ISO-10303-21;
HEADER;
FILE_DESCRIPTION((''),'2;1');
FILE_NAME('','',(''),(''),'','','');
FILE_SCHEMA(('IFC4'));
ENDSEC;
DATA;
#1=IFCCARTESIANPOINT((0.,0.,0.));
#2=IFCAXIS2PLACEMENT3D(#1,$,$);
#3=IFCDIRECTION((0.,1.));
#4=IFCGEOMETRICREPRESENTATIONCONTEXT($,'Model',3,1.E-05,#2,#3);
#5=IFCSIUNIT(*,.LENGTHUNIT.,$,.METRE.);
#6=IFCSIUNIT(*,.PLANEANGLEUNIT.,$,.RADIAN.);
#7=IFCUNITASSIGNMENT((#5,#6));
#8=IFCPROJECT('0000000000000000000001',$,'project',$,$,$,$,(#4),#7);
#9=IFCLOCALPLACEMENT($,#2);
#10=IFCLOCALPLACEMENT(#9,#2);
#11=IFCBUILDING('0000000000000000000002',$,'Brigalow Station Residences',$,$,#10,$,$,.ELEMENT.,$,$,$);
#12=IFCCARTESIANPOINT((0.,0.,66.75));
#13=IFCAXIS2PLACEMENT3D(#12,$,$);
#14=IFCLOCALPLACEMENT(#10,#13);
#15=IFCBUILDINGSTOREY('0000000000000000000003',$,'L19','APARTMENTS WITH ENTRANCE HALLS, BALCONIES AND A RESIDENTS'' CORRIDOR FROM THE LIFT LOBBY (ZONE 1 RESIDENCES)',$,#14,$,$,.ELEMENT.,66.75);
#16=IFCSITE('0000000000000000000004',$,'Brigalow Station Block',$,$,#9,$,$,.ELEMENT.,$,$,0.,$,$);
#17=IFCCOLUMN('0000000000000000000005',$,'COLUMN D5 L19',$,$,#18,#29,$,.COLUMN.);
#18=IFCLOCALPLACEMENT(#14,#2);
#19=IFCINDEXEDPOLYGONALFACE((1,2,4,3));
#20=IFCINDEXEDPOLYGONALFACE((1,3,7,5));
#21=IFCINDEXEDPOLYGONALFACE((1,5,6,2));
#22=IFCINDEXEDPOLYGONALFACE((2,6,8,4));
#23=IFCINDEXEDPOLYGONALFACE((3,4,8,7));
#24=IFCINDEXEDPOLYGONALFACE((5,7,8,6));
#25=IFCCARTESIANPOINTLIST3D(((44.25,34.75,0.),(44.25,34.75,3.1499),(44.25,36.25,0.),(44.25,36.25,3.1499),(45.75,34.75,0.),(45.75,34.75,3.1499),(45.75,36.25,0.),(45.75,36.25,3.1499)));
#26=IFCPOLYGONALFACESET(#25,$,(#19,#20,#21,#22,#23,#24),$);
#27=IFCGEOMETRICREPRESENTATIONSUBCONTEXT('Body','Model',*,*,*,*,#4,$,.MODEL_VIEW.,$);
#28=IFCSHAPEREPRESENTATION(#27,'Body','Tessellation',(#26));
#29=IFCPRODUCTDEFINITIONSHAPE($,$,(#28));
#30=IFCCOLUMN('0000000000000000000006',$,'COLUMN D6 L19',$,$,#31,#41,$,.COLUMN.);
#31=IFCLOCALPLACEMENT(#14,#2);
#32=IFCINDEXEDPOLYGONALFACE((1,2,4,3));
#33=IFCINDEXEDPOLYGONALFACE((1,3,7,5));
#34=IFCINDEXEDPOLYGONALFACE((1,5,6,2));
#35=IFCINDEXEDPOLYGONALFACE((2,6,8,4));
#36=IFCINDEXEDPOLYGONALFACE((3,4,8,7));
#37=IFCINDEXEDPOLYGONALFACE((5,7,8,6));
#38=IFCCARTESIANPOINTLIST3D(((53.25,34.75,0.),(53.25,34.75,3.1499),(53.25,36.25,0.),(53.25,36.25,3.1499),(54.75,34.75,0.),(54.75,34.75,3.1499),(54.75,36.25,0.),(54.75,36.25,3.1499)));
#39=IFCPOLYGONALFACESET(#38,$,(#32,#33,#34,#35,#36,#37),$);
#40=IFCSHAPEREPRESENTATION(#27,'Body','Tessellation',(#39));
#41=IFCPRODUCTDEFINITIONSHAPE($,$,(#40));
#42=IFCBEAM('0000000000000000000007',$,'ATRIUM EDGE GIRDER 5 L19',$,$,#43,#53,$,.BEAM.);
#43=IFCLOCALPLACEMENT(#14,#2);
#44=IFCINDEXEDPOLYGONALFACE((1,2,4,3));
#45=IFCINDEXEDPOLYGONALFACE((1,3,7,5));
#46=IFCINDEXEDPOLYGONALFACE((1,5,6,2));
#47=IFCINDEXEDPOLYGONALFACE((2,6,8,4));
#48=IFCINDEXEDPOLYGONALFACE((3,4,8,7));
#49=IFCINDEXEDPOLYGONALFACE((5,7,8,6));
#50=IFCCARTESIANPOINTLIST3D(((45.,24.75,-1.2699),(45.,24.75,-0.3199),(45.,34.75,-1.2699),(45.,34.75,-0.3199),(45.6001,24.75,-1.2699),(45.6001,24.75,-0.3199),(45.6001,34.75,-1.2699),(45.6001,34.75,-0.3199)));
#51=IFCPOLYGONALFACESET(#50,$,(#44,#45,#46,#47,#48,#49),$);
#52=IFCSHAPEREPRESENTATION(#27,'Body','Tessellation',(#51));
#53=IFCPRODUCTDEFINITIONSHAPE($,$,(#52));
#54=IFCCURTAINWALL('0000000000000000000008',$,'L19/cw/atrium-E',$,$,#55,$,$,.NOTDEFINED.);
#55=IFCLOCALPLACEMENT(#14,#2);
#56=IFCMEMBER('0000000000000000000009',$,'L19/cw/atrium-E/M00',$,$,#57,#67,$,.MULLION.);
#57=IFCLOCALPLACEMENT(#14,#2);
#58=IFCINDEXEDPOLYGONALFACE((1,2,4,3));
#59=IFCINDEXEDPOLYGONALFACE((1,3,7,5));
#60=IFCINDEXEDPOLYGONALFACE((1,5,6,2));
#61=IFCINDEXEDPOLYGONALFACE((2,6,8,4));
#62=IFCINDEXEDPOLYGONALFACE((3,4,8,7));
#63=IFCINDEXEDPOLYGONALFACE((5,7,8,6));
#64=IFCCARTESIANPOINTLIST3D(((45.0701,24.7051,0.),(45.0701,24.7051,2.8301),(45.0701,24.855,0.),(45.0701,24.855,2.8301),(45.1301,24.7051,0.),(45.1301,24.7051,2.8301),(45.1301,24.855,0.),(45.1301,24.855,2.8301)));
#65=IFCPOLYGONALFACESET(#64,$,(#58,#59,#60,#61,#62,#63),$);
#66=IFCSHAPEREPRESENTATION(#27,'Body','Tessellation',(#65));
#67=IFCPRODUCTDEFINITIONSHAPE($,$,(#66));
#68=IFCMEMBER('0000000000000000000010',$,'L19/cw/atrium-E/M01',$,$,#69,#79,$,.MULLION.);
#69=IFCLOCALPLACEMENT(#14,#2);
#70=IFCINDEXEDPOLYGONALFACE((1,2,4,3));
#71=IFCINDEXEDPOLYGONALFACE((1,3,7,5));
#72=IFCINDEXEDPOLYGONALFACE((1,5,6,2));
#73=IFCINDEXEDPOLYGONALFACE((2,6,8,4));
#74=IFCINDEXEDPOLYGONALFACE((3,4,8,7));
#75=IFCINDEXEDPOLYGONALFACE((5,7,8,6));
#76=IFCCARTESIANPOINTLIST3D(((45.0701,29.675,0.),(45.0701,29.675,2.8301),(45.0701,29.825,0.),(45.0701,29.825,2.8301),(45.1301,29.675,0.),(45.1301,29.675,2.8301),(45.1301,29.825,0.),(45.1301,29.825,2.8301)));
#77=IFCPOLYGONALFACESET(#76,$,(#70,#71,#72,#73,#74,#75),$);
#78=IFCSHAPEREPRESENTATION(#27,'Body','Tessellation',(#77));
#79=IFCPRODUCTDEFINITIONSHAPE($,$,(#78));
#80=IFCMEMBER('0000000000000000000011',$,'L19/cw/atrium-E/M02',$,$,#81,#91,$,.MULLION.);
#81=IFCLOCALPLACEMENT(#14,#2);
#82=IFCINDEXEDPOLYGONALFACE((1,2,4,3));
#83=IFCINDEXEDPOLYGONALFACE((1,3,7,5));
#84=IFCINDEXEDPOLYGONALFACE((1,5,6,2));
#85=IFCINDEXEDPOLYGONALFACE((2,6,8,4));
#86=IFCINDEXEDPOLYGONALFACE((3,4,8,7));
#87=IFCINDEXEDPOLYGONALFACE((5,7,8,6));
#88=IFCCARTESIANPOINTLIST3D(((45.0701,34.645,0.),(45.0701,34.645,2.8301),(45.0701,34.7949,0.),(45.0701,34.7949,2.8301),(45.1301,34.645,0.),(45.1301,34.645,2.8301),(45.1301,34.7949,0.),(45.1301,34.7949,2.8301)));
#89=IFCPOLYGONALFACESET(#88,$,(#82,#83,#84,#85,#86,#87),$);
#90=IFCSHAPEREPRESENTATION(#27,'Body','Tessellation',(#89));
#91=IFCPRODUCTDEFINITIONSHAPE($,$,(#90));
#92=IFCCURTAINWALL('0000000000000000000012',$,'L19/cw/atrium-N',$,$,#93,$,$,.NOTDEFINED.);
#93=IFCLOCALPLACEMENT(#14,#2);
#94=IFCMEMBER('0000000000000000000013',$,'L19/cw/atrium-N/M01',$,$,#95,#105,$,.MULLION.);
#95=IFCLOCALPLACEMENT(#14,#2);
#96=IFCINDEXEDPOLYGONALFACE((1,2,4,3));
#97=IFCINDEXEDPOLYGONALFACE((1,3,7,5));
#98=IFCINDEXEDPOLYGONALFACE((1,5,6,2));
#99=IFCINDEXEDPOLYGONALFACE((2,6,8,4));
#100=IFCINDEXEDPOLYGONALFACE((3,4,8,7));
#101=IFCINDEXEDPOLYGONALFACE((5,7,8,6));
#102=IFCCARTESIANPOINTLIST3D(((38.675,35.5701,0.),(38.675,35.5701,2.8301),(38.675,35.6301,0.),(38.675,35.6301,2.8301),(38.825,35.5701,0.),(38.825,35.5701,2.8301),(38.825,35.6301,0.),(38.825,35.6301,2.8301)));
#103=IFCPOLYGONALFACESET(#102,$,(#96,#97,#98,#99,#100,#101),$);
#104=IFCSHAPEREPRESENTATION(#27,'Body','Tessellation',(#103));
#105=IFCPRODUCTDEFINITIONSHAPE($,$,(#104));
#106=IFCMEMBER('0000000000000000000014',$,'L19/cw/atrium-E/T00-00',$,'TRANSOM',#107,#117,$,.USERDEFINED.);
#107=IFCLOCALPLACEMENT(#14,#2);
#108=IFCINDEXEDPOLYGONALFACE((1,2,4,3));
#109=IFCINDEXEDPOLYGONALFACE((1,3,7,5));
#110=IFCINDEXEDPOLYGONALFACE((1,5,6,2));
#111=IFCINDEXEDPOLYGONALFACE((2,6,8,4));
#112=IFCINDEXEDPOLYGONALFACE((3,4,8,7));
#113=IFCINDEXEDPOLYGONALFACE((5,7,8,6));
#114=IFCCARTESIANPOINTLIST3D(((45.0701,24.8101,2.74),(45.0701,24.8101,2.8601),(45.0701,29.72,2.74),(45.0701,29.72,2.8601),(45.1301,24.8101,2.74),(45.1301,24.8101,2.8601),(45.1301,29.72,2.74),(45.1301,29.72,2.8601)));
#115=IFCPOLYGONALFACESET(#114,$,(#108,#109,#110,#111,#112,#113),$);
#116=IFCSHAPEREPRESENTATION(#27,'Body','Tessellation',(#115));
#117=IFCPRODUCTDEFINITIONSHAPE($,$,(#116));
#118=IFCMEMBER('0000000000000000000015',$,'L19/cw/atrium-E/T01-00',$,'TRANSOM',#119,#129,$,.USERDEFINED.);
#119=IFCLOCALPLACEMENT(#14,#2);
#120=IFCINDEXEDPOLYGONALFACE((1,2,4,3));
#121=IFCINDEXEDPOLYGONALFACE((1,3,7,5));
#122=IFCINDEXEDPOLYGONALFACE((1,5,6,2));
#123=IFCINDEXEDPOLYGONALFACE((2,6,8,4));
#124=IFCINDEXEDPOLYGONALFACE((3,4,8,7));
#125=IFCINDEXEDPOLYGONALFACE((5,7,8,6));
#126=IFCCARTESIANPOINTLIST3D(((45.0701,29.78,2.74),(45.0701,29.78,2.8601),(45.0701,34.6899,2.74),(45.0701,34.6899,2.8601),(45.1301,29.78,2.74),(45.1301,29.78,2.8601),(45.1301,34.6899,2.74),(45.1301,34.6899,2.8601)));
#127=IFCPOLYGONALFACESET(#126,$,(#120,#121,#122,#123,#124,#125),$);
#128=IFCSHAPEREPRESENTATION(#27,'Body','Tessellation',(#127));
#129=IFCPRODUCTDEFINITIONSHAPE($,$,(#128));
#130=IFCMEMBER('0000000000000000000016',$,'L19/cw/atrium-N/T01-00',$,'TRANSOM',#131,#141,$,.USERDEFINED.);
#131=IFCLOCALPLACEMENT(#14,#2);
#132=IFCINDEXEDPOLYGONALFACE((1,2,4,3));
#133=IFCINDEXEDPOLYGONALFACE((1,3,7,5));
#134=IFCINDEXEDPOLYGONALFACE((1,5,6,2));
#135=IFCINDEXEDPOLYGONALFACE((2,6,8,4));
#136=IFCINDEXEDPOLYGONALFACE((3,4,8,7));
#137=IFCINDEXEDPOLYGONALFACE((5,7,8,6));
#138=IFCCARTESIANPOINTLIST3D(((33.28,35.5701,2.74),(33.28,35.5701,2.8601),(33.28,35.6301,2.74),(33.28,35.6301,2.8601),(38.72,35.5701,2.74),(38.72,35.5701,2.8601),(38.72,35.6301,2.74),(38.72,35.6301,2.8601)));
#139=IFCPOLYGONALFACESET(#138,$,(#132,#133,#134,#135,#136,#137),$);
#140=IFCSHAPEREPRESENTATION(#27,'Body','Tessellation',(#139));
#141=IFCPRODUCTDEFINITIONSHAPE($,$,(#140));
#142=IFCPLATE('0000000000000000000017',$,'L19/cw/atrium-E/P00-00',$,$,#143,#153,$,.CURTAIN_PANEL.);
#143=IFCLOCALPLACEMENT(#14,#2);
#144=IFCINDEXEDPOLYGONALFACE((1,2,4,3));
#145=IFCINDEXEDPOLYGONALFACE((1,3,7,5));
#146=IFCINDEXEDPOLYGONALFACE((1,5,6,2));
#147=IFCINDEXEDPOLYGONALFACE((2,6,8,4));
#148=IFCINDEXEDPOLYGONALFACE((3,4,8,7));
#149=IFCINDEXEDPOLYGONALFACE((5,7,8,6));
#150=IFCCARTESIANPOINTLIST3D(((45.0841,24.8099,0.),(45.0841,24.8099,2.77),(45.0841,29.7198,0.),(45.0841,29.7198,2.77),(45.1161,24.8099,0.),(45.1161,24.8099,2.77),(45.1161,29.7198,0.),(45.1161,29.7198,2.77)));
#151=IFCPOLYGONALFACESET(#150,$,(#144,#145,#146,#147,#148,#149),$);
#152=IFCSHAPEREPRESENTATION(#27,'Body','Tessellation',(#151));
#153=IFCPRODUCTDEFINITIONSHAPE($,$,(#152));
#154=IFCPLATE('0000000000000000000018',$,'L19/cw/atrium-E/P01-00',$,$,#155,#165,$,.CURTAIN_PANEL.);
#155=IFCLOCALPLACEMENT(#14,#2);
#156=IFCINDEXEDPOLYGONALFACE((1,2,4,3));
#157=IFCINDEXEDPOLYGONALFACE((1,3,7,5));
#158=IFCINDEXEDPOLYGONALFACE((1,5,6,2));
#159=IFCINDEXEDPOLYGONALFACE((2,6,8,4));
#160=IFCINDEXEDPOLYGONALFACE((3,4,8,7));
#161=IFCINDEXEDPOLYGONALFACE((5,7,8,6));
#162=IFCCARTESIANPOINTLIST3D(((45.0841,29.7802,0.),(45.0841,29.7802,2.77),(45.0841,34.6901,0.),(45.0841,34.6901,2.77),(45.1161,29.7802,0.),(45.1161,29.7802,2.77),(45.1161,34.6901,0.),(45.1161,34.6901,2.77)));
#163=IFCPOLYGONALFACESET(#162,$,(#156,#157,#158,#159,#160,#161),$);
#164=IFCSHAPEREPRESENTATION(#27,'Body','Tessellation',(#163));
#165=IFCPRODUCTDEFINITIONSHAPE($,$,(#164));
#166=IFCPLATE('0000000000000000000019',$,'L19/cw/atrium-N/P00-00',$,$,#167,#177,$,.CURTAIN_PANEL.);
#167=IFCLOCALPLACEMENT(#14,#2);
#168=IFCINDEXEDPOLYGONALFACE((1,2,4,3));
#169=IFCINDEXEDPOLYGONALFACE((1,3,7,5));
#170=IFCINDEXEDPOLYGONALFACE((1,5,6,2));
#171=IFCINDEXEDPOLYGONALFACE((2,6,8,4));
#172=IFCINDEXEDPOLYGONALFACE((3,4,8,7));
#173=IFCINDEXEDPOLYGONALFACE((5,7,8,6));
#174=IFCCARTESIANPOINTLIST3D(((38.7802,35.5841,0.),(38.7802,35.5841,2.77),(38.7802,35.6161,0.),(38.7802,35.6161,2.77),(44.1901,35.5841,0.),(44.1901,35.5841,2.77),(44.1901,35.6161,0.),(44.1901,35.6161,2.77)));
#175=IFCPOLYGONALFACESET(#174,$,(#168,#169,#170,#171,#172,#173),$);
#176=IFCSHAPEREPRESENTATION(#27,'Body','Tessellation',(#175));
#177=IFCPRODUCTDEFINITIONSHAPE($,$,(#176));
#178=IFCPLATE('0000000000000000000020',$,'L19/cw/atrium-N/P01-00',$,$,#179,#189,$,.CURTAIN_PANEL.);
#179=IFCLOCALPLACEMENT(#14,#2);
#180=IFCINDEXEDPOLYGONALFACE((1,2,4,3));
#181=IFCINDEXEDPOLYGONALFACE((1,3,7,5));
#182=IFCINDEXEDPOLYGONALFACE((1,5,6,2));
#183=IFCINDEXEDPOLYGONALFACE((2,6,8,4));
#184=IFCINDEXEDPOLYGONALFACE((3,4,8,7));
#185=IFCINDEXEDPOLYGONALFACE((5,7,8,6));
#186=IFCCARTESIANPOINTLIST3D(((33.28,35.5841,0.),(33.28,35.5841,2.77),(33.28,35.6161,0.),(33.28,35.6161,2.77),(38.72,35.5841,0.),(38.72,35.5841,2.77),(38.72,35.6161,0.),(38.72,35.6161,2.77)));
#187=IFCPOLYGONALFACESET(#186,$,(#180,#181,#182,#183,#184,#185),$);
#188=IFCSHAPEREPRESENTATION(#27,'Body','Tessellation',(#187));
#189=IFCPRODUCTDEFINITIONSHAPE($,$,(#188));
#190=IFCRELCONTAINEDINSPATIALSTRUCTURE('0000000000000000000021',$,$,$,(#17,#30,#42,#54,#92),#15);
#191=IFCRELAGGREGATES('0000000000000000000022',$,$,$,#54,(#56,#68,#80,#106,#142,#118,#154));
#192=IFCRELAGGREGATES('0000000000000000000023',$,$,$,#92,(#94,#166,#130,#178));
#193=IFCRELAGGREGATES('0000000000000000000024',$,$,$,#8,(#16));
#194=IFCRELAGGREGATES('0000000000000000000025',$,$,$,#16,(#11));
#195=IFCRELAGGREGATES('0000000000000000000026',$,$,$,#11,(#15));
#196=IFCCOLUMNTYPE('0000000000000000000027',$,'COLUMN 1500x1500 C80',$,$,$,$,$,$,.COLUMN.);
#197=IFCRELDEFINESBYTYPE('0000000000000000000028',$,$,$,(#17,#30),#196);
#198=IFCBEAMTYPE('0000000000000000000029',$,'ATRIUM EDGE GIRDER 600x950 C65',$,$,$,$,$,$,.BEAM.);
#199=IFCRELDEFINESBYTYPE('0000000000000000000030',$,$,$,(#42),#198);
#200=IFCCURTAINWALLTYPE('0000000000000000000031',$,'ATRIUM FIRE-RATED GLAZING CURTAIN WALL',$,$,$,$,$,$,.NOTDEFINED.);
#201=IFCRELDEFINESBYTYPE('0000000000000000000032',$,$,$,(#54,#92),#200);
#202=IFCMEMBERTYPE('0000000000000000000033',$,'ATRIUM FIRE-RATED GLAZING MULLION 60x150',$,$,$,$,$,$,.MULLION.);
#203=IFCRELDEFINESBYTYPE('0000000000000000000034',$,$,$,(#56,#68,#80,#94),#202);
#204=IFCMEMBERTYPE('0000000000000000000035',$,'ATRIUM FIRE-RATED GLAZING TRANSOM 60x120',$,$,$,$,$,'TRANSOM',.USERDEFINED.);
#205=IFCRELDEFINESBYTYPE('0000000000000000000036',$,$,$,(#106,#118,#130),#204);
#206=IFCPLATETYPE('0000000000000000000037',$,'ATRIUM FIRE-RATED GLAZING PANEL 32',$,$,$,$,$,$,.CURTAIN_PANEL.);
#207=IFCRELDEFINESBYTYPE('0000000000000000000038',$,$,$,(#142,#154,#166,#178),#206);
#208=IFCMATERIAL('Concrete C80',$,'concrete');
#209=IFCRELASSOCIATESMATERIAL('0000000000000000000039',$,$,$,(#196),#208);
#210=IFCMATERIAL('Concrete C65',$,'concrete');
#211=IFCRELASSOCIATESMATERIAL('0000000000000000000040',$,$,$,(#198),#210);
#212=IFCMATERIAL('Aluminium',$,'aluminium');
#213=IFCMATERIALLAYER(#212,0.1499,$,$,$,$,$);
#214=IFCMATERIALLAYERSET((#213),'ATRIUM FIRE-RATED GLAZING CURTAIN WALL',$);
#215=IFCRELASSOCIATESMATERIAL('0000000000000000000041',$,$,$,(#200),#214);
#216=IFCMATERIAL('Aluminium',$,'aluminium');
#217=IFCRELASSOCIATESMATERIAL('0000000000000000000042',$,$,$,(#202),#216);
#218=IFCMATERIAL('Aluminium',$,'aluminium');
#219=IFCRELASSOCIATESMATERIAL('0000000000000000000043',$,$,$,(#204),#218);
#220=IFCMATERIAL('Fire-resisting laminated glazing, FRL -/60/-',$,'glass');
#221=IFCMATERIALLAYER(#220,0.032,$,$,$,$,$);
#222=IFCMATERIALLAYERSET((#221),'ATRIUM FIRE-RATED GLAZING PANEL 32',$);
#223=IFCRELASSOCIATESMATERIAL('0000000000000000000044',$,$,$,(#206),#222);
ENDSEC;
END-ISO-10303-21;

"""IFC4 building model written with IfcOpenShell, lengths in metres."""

from ifc_helpers import new_model, si_unit, direction, frame, origin, origin_2d, place, context, subcontext, project, spatial, rectangle, extrude, material, layer, layer_set, material_profile, profile_set, type_object, element, aggregate, save


model = new_model("IFC4")

# Units and contexts
model_context = context("Model", 3, precision=1e-05, world=origin(), true_north=direction((0.0, 1.0)))
body_context = subcontext(model_context, "Body", "Model", "MODEL_VIEW")
ifc_project = project(units=[si_unit("LENGTHUNIT", "METRE"), si_unit("PLANEANGLEUNIT", "RADIAN")], contexts=[model_context])

# Site, building, storey
site_placement = place(None, origin())
site = spatial("IfcSite", under=ifc_project, at=site_placement, Name="Brigalow Station Block", CompositionType="ELEMENT", RefElevation=0.0)
building_placement = place(site_placement, origin())
building = spatial("IfcBuilding", under=site, at=building_placement, Name="Brigalow Station Residences", CompositionType="ELEMENT")
storey_placement = place(building_placement, frame((0.0, 0.0, 66.75)))
storey = spatial("IfcBuildingStorey", under=building, at=storey_placement, Name="L19", Description="APARTMENTS WITH ENTRANCE HALLS, BALCONIES AND A RESIDENTS' CORRIDOR FROM THE LIFT LOBBY (ZONE 1 RESIDENCES)", CompositionType="ELEMENT", Elevation=66.75)

# Columns
ifc_material_1 = material(Name="Concrete C80", Category="concrete")
ifc_material_profile_1 = material_profile(ifc_material_1, rectangle(XDim=1.5, YDim=1.5, at=origin_2d()), Name="RC1500x1500")
ifc_profile_set_1 = profile_set([ifc_material_profile_1], Name="Concrete C80")
column_type = type_object("IfcColumnType", Name="COLUMN 1500x1500 C80", PredefinedType="COLUMN", material=ifc_profile_set_1)
for number, where, z_axis, x_axis, name in (
    (1, (45.0, 35.5, 0.0), (0.0, 0.0, 1.0), (1.0, 0.0, 0.0), "COLUMN D5 L19"),
    (2, (54.0, 35.5, 0.0), (0.0, 0.0, 1.0), (1.0, 0.0, 0.0), "COLUMN D6 L19"),
):
    element("IfcColumn", number, at=place(storey_placement, frame(where, z_axis=z_axis, x_axis=x_axis)), inside=storey, type_object=column_type, Name=name, PredefinedType="COLUMN", context=body_context, shape_type="SweptSolid", body=[
        extrude(rectangle(XDim=1.5, YDim=1.5, at=origin_2d()), origin(), (0.0, 0.0, 1.0), 3.1499),
    ])

# Beam
ifc_material_2 = material(Name="Concrete C65", Category="concrete")
ifc_material_profile_2 = material_profile(ifc_material_2, rectangle(XDim=0.6001, YDim=0.95, at=origin_2d()), Name="RC600x950")
ifc_profile_set_2 = profile_set([ifc_material_profile_2], Name="Concrete C65")
beam_type = type_object("IfcBeamType", Name="ATRIUM EDGE GIRDER 600x950 C65", PredefinedType="BEAM", material=ifc_profile_set_2)
beam_placement = place(storey_placement, frame((45.3, 24.75, -0.7949), z_axis=(0.0, 1.0, 0.0), x_axis=(-1.0, 0.0, 0.0)))
element("IfcBeam", 3, at=beam_placement, inside=storey, type_object=beam_type, Name="ATRIUM EDGE GIRDER 5 L19", PredefinedType="BEAM", context=body_context, shape_type="SweptSolid", body=[
    extrude(rectangle(XDim=0.6001, YDim=0.95, at=origin_2d()), origin(), (0.0, 0.0, 1.0), 10.0),
])

# Curtain wall, members
ifc_material_3 = material(Name="Aluminium", Category="aluminium")
ifc_layer_1 = layer(ifc_material_3, 0.1499)
ifc_layer_set_1 = layer_set([ifc_layer_1], Name="ATRIUM FIRE-RATED GLAZING CURTAIN WALL")
curtain_wall_type = type_object("IfcCurtainWallType", Name="ATRIUM FIRE-RATED GLAZING CURTAIN WALL", PredefinedType="NOTDEFINED", material=ifc_layer_set_1)
curtain_wall_1_placement = place(storey_placement, origin())
curtain_wall_1 = element("IfcCurtainWall", 4, at=curtain_wall_1_placement, inside=storey, type_object=curtain_wall_type, Name="L19/cw/atrium-E", PredefinedType="NOTDEFINED")
ifc_material_4 = material(Name="Aluminium", Category="aluminium")
ifc_material_profile_3 = material_profile(ifc_material_4, rectangle(XDim=0.0601, YDim=0.1499, at=origin_2d()), Name="ATRIUM FIRE-RATED GLAZING MULLION 60x150")
ifc_profile_set_3 = profile_set([ifc_material_profile_3], Name="Aluminium")
member_type_1 = type_object("IfcMemberType", Name="ATRIUM FIRE-RATED GLAZING MULLION 60x150", PredefinedType="MULLION", material=ifc_profile_set_3)
member_1_placement = place(storey_placement, frame((45.1001, 24.78, 0.0), z_axis=(0.0, 0.0, 1.0), x_axis=(-1.0, 0.0, 0.0)))
member_1 = element("IfcMember", 5, at=member_1_placement, type_object=member_type_1, Name="L19/cw/atrium-E/M00", PredefinedType="MULLION", context=body_context, shape_type="SweptSolid", body=[
    extrude(rectangle(XDim=0.0601, YDim=0.1499, at=origin_2d()), origin(), (0.0, 0.0, 1.0), 2.8301),
])
member_2_placement = place(storey_placement, frame((45.1001, 29.75, 0.0), z_axis=(0.0, 0.0, 1.0), x_axis=(-1.0, 0.0, 0.0)))
member_2 = element("IfcMember", 6, at=member_2_placement, type_object=member_type_1, Name="L19/cw/atrium-E/M01", PredefinedType="MULLION", context=body_context, shape_type="SweptSolid", body=[
    extrude(rectangle(XDim=0.0601, YDim=0.1499, at=origin_2d()), origin(), (0.0, 0.0, 1.0), 2.8301),
])
member_3_placement = place(storey_placement, frame((45.1001, 34.72, 0.0), z_axis=(0.0, 0.0, 1.0), x_axis=(-1.0, 0.0, 0.0)))
member_3 = element("IfcMember", 7, at=member_3_placement, type_object=member_type_1, Name="L19/cw/atrium-E/M02", PredefinedType="MULLION", context=body_context, shape_type="SweptSolid", body=[
    extrude(rectangle(XDim=0.0601, YDim=0.1499, at=origin_2d()), origin(), (0.0, 0.0, 1.0), 2.8301),
])

# Curtain wall, member
curtain_wall_2_placement = place(storey_placement, origin())
curtain_wall_2 = element("IfcCurtainWall", 8, at=curtain_wall_2_placement, inside=storey, type_object=curtain_wall_type, Name="L19/cw/atrium-N", PredefinedType="NOTDEFINED")
member_4_placement = place(storey_placement, frame((38.75, 35.6001, 0.0), z_axis=(0.0, 0.0, 1.0), x_axis=(0.0, -1.0, 0.0)))
member_4 = element("IfcMember", 9, at=member_4_placement, type_object=member_type_1, Name="L19/cw/atrium-N/M01", PredefinedType="MULLION", context=body_context, shape_type="SweptSolid", body=[
    extrude(rectangle(XDim=0.0601, YDim=0.1499, at=origin_2d()), origin(), (0.0, 0.0, 1.0), 2.8301),
])

# Members
ifc_material_5 = material(Name="Aluminium", Category="aluminium")
ifc_material_profile_4 = material_profile(ifc_material_5, rectangle(XDim=0.0601, YDim=0.1201, at=origin_2d()), Name="ATRIUM FIRE-RATED GLAZING TRANSOM 60x120")
ifc_profile_set_4 = profile_set([ifc_material_profile_4], Name="Aluminium")
member_type_2 = type_object("IfcMemberType", Name="ATRIUM FIRE-RATED GLAZING TRANSOM 60x120", ElementType="TRANSOM", PredefinedType="USERDEFINED", material=ifc_profile_set_4)
member_5_placement = place(storey_placement, frame((45.1001, 24.8101, 2.8), z_axis=(0.0, 1.0, 0.0), x_axis=(-1.0, 0.0, 0.0)))
member_5 = element("IfcMember", 10, at=member_5_placement, type_object=member_type_2, Name="L19/cw/atrium-E/T00-00", ObjectType="TRANSOM", PredefinedType="USERDEFINED", context=body_context, shape_type="SweptSolid", body=[
    extrude(rectangle(XDim=0.0601, YDim=0.1201, at=origin_2d()), origin(), (0.0, 0.0, 1.0), 4.9099),
])
member_6_placement = place(storey_placement, frame((45.1001, 29.78, 2.8), z_axis=(0.0, 1.0, 0.0), x_axis=(-1.0, 0.0, 0.0)))
member_6 = element("IfcMember", 11, at=member_6_placement, type_object=member_type_2, Name="L19/cw/atrium-E/T01-00", ObjectType="TRANSOM", PredefinedType="USERDEFINED", context=body_context, shape_type="SweptSolid", body=[
    extrude(rectangle(XDim=0.0601, YDim=0.1201, at=origin_2d()), origin(), (0.0, 0.0, 1.0), 4.9099),
])
member_7_placement = place(storey_placement, frame((38.72, 35.6001, 2.8), z_axis=(-1.0, 0.0, 0.0), x_axis=(0.0, -1.0, 0.0)))
member_7 = element("IfcMember", 12, at=member_7_placement, type_object=member_type_2, Name="L19/cw/atrium-N/T01-00", ObjectType="TRANSOM", PredefinedType="USERDEFINED", context=body_context, shape_type="SweptSolid", body=[
    extrude(rectangle(XDim=0.0601, YDim=0.1201, at=origin_2d()), origin(), (0.0, 0.0, 1.0), 5.4399),
])

# Plates
ifc_material_6 = material(Name="Fire-resisting laminated glazing, FRL -/60/-", Category="glass")
ifc_layer_2 = layer(ifc_material_6, 0.032)
ifc_layer_set_2 = layer_set([ifc_layer_2], Name="ATRIUM FIRE-RATED GLAZING PANEL 32")
plate_type = type_object("IfcPlateType", Name="ATRIUM FIRE-RATED GLAZING PANEL 32", PredefinedType="CURTAIN_PANEL", material=ifc_layer_set_2)
plate_1_placement = place(storey_placement, frame((45.1001, 27.2649, 0.0), z_axis=(0.0, 0.0, 1.0), x_axis=(0.0, 1.0, 0.0)))
plate_1 = element("IfcPlate", 13, at=plate_1_placement, type_object=plate_type, Name="L19/cw/atrium-E/P00-00", PredefinedType="CURTAIN_PANEL", context=body_context, shape_type="SweptSolid", body=[
    extrude(rectangle(XDim=4.9099, YDim=0.032, at=origin_2d()), origin(), (0.0, 0.0, 1.0), 2.77),
])
plate_2_placement = place(storey_placement, frame((45.1001, 32.2351, 0.0), z_axis=(0.0, 0.0, 1.0), x_axis=(0.0, 1.0, 0.0)))
plate_2 = element("IfcPlate", 14, at=plate_2_placement, type_object=plate_type, Name="L19/cw/atrium-E/P01-00", PredefinedType="CURTAIN_PANEL", context=body_context, shape_type="SweptSolid", body=[
    extrude(rectangle(XDim=4.9099, YDim=0.032, at=origin_2d()), origin(), (0.0, 0.0, 1.0), 2.77),
])
aggregate(curtain_wall_1, [member_1, member_2, member_3, member_5, plate_1, member_6, plate_2])
plate_3_placement = place(storey_placement, frame((41.4851, 35.6001, 0.0), z_axis=(0.0, 0.0, 1.0), x_axis=(-1.0, 0.0, 0.0)))
plate_3 = element("IfcPlate", 15, at=plate_3_placement, type_object=plate_type, Name="L19/cw/atrium-N/P00-00", PredefinedType="CURTAIN_PANEL", context=body_context, shape_type="SweptSolid", body=[
    extrude(rectangle(XDim=5.4099, YDim=0.032, at=origin_2d()), origin(), (0.0, 0.0, 1.0), 2.77),
])
plate_4_placement = place(storey_placement, frame((36.0, 35.6001, 0.0), z_axis=(0.0, 0.0, 1.0), x_axis=(-1.0, 0.0, 0.0)))
plate_4 = element("IfcPlate", 16, at=plate_4_placement, type_object=plate_type, Name="L19/cw/atrium-N/P01-00", PredefinedType="CURTAIN_PANEL", context=body_context, shape_type="SweptSolid", body=[
    extrude(rectangle(XDim=5.4399, YDim=0.032, at=origin_2d()), origin(), (0.0, 0.0, 1.0), 2.77),
])
aggregate(curtain_wall_2, [member_4, plate_3, member_7, plate_4])

save(model, "model.ifc")
